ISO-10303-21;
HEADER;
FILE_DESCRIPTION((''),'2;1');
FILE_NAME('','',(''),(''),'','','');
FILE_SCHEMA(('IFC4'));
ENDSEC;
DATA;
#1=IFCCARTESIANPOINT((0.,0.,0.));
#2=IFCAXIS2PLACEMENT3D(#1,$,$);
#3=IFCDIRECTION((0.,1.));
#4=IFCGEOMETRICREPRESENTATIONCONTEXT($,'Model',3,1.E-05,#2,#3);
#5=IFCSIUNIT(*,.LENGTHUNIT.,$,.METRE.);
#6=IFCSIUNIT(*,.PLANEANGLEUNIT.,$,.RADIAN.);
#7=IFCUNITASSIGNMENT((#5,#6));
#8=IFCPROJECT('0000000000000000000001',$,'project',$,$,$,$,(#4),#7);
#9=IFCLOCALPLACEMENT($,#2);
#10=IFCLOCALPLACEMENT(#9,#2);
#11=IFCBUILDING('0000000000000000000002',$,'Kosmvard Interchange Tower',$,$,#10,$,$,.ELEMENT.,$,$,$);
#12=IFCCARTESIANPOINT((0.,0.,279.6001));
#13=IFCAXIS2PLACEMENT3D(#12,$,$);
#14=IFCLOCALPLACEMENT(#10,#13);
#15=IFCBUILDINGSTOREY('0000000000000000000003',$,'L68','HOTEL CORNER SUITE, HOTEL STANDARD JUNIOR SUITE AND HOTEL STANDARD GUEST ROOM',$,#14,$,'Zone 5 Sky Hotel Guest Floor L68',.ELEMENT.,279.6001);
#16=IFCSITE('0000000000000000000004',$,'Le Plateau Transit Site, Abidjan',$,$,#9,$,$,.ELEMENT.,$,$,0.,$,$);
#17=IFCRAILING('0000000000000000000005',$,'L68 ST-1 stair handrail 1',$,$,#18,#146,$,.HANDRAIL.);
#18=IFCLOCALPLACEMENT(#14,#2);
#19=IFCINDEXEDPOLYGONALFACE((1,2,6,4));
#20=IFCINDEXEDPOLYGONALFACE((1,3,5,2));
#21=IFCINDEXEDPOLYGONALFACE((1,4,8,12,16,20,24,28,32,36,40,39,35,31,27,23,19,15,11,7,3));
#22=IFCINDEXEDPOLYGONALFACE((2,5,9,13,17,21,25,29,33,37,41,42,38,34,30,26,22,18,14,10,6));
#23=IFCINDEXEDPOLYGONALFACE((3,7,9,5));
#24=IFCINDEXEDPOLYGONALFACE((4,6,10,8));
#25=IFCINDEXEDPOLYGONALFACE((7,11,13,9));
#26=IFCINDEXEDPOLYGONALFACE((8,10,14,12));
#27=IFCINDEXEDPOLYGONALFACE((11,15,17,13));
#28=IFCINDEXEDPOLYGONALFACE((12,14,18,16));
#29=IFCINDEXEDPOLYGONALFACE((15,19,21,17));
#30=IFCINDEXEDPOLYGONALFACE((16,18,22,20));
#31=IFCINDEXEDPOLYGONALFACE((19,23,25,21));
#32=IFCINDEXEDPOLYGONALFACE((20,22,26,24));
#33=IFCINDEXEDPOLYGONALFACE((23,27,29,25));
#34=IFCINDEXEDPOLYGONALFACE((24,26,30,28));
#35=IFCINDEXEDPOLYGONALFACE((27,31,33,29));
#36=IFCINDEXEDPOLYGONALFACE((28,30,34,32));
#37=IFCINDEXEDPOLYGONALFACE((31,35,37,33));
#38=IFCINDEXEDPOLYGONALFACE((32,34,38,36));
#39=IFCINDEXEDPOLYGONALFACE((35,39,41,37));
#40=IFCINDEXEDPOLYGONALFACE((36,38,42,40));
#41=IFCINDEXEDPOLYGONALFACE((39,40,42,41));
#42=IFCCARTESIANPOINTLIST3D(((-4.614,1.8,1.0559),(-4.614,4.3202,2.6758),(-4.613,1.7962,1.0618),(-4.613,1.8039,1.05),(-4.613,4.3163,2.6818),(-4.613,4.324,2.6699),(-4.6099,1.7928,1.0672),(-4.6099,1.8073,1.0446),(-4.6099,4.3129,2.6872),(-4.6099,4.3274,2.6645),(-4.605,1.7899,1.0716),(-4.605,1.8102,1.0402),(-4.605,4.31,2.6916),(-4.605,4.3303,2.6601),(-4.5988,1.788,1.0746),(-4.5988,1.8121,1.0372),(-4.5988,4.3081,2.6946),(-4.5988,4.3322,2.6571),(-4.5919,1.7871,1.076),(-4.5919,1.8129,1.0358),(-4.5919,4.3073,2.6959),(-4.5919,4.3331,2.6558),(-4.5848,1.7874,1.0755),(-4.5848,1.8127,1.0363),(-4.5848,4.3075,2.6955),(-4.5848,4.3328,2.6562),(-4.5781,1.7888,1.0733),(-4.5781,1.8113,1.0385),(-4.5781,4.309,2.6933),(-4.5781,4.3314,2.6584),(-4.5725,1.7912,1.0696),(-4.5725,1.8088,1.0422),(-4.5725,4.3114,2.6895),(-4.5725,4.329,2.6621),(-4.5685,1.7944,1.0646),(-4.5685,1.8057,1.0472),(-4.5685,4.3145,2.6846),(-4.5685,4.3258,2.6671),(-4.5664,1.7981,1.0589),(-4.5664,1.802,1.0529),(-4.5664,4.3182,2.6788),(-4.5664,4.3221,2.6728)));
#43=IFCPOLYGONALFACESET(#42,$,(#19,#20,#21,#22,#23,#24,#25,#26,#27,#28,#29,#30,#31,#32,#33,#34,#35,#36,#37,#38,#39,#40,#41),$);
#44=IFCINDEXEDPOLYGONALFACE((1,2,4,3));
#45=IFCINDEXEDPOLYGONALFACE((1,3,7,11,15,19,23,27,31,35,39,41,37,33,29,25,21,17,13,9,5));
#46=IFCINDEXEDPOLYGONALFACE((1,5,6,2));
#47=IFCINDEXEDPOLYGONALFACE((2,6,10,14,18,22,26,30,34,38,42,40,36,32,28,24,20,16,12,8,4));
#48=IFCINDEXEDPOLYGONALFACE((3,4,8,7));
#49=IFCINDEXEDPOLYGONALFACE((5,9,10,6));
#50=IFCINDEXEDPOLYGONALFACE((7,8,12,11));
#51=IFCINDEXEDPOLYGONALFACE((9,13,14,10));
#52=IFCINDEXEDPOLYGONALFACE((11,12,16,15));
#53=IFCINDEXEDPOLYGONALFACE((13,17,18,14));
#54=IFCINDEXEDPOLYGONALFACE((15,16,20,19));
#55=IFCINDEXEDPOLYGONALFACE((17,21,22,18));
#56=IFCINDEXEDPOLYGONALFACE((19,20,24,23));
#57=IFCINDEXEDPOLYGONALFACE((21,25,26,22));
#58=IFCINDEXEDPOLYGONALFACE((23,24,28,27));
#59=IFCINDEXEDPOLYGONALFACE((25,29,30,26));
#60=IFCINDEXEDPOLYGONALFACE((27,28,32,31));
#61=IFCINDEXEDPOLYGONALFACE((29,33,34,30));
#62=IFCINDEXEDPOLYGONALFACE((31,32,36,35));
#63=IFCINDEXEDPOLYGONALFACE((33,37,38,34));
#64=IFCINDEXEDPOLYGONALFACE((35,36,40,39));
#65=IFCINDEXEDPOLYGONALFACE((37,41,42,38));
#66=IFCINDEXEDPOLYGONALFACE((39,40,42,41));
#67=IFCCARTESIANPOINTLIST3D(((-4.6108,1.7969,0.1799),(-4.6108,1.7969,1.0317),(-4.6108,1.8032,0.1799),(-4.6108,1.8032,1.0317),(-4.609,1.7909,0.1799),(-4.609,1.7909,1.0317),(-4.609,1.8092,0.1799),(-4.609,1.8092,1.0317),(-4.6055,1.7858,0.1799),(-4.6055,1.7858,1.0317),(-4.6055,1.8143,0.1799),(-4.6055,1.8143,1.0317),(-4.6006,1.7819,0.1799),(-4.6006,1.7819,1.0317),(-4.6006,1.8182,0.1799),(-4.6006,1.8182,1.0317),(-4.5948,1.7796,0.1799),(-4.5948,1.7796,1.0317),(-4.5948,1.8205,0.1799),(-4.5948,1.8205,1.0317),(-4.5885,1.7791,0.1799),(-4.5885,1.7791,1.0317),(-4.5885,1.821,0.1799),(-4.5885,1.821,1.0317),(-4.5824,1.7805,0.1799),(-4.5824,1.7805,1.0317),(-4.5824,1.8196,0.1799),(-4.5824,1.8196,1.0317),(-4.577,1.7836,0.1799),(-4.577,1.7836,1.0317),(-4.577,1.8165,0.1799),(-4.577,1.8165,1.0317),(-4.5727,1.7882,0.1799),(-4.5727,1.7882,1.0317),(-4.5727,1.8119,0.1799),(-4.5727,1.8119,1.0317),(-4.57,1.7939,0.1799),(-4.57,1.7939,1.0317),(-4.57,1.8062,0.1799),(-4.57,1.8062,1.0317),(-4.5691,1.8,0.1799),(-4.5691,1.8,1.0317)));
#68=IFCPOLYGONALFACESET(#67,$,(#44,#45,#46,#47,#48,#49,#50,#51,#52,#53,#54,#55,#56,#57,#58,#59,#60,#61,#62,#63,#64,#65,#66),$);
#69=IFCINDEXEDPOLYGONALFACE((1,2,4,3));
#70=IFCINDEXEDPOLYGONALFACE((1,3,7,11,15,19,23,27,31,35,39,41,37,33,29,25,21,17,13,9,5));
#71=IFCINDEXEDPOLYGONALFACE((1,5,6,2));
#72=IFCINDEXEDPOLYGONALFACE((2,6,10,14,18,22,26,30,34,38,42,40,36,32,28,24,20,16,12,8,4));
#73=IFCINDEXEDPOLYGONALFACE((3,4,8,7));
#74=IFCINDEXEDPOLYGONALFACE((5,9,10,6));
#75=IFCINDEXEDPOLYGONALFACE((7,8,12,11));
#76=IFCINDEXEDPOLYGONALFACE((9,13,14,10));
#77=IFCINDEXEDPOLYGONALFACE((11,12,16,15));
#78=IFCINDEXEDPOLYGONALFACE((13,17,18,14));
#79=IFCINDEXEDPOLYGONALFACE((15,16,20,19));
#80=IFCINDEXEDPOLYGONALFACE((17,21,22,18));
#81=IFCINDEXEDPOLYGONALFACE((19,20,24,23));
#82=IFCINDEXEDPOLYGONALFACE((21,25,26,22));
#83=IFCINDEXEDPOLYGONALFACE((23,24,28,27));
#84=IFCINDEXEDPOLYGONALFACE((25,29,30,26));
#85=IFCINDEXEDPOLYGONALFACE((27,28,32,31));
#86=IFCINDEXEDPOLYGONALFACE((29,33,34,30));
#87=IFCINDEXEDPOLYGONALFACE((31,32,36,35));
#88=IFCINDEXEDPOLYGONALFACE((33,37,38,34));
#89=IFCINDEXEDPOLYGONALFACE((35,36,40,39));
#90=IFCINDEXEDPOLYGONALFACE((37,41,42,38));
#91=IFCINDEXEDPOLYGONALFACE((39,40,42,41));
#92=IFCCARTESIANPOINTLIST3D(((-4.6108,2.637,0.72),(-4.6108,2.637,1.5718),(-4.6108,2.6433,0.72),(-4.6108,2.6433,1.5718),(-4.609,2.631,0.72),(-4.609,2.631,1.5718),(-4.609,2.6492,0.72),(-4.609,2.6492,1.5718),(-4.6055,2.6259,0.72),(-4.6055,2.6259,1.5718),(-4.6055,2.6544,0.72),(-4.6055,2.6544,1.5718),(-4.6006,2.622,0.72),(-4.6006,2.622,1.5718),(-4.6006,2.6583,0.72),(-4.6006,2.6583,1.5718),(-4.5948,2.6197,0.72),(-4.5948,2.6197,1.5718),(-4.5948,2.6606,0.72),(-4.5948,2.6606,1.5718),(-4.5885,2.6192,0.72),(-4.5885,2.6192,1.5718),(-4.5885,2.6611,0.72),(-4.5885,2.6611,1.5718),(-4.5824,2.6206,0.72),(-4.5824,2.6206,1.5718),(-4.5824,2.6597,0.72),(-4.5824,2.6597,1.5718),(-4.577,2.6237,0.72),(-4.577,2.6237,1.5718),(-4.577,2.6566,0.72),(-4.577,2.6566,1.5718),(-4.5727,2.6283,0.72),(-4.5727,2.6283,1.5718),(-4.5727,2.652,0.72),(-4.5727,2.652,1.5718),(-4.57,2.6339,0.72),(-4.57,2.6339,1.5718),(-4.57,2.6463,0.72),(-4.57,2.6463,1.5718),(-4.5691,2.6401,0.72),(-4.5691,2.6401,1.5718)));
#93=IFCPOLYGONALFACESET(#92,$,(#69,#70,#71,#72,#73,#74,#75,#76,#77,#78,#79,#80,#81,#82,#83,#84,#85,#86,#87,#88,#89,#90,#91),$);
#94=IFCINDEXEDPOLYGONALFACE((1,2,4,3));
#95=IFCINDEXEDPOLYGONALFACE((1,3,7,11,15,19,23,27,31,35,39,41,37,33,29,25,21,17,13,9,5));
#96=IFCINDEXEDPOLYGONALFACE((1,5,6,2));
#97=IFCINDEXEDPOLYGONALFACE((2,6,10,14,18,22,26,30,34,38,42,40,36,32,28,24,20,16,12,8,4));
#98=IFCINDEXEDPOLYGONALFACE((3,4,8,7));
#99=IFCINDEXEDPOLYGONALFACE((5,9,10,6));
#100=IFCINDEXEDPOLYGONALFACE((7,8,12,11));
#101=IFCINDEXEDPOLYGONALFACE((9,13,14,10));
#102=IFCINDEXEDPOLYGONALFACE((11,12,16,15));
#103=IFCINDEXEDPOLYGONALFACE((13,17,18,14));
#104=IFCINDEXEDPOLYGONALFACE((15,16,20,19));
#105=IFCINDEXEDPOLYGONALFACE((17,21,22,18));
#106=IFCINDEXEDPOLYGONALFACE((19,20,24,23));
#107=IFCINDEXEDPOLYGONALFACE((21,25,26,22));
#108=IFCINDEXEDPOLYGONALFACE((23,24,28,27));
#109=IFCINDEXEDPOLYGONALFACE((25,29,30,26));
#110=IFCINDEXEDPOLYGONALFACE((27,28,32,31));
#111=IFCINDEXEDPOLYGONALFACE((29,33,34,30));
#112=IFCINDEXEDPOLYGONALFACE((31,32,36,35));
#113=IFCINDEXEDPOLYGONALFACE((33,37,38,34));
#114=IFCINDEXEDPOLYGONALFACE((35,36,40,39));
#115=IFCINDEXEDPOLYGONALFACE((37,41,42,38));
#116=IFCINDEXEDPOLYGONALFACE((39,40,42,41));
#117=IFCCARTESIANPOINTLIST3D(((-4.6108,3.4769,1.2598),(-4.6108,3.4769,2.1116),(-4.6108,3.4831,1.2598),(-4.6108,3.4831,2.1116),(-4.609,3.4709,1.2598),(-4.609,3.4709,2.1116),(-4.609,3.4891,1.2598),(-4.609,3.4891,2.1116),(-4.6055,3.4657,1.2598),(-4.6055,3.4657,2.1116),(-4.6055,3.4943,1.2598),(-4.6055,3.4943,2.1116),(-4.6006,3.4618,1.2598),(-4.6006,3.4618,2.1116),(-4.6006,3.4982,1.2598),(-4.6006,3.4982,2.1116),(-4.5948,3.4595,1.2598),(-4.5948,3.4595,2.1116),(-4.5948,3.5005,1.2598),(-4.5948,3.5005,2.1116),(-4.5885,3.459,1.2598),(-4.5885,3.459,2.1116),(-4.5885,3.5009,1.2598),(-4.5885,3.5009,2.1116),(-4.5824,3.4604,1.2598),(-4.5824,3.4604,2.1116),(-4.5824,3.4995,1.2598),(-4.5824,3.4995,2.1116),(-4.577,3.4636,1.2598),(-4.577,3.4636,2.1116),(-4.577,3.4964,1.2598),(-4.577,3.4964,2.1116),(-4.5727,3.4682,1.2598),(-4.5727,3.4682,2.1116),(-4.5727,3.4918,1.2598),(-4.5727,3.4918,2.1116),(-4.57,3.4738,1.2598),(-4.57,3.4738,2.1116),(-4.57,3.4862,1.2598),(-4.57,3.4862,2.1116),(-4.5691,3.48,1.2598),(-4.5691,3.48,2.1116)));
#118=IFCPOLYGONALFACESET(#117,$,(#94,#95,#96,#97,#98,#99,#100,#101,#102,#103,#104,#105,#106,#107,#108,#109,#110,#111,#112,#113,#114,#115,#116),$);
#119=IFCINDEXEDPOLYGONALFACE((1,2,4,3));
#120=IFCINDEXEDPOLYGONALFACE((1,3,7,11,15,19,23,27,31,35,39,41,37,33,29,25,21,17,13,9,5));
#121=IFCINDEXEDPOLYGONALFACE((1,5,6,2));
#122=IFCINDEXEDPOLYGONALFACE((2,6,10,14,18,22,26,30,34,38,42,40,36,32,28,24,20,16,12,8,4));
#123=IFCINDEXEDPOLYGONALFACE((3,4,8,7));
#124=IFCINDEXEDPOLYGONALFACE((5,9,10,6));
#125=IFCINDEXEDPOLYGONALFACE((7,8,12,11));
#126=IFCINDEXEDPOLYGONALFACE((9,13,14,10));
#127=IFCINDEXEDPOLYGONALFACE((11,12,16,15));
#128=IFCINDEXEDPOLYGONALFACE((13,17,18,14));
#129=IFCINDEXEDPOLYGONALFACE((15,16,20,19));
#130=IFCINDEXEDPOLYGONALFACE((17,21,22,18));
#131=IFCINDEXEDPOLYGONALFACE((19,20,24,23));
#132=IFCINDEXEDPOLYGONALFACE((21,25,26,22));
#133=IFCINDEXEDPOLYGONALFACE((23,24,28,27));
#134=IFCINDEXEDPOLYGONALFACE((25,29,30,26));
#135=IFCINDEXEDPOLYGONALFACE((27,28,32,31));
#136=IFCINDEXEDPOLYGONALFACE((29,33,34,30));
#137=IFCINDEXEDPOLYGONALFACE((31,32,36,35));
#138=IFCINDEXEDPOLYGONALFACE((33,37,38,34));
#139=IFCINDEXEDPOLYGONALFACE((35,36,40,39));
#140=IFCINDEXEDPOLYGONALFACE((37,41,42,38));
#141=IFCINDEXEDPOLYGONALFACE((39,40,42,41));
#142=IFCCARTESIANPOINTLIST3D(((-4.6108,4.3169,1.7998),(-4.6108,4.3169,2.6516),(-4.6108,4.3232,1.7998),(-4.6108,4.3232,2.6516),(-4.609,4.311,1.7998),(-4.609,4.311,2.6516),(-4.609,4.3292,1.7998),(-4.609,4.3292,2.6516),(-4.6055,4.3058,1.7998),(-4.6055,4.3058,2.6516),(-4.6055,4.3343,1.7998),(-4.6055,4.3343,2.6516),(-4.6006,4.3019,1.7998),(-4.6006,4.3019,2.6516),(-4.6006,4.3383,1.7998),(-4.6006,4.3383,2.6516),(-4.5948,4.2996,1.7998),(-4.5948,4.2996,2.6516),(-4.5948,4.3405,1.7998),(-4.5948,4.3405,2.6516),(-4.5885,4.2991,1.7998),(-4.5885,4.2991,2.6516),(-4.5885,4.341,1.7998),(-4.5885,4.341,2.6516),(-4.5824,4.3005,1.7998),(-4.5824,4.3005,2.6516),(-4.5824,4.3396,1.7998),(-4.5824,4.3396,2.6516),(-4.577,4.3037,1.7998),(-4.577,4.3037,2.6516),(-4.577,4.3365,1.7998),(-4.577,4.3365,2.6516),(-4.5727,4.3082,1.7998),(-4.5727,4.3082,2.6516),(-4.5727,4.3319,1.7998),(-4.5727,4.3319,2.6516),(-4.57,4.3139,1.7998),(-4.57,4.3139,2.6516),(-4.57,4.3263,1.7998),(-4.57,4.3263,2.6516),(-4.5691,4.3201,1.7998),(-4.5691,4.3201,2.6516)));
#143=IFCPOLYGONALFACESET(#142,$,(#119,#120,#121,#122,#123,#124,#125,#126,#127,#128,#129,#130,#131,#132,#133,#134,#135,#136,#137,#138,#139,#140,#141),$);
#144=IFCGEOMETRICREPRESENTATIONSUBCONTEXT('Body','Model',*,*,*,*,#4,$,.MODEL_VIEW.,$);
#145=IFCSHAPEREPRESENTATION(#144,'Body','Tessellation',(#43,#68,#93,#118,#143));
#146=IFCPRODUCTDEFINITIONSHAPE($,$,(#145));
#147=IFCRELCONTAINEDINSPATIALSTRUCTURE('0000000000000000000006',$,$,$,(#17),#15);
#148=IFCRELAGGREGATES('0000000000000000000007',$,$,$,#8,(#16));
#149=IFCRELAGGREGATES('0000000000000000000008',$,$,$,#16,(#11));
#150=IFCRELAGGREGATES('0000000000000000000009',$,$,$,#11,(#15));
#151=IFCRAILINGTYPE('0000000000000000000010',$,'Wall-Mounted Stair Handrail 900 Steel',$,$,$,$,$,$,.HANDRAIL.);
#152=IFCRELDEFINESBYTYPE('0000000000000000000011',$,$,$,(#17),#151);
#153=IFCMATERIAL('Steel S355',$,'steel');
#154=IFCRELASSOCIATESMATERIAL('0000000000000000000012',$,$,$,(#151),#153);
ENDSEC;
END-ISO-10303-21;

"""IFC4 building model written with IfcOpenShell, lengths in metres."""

from ifc_helpers import new_model, si_unit, direction, frame, origin, origin_2d, place, context, subcontext, project, spatial, circle, extrude, source, transform, mapped, material, type_object, element, save


model = new_model("IFC4")

# Units and contexts
model_context = context("Model", 3, precision=1e-05, world=origin(), true_north=direction((0.0, 1.0)))
body_context = subcontext(model_context, "Body", "Model", "MODEL_VIEW")
ifc_project = project(units=[si_unit("LENGTHUNIT", "METRE"), si_unit("PLANEANGLEUNIT", "RADIAN")], contexts=[model_context])

# Site, building, storey
site_placement = place(None, origin())
site = spatial("IfcSite", under=ifc_project, at=site_placement, Name="Le Plateau Transit Site, Abidjan", CompositionType="ELEMENT", RefElevation=0.0)
building_placement = place(site_placement, origin())
building = spatial("IfcBuilding", under=site, at=building_placement, Name="Kosmvard Interchange Tower", CompositionType="ELEMENT")
storey_placement = place(building_placement, frame((0.0, 0.0, 279.6001)))
storey = spatial("IfcBuildingStorey", under=building, at=storey_placement, Name="L68", Description="HOTEL CORNER SUITE, HOTEL STANDARD JUNIOR SUITE AND HOTEL STANDARD GUEST ROOM", LongName="Zone 5 Sky Hotel Guest Floor L68", CompositionType="ELEMENT", Elevation=279.6001)

# Shared definitions
ifc_material_1 = material(Name="Steel S355", Category="steel")

# Railing
railing_type_1 = type_object("IfcRailingType", Name="Wall-Mounted Stair Handrail 900 Steel", PredefinedType="HANDRAIL", material=ifc_material_1)
shared_shape_1 = source(origin(), body_context, "Body", "SweptSolid", [
    extrude(circle(Radius=0.0239, at=origin_2d()), frame((0.0, 0.0, 0.876), z_axis=(0.0, 0.8412, 0.540725), x_axis=(-1.0, 0.0, 0.0)), (0.0, 0.0, 1.0), 2.9958),
    extrude(circle(Radius=0.021, at=origin_2d()), origin(), (0.0, 0.0, 1.0), 0.8518),
    extrude(circle(Radius=0.021, at=origin_2d()), frame((0.0, 0.8401, 0.54)), (0.0, 0.0, 1.0), 0.8518),
    extrude(circle(Radius=0.021, at=origin_2d()), frame((0.0, 1.6799, 1.0798)), (0.0, 0.0, 1.0), 0.8518),
    extrude(circle(Radius=0.021, at=origin_2d()), frame((0.0, 2.52, 1.6199)), (0.0, 0.0, 1.0), 0.8518),
])
railing_1_placement = place(storey_placement, frame((-4.5901, 1.8, 0.1799)))
element("IfcRailing", 1, at=railing_1_placement, inside=storey, type_object=railing_type_1, Name="L68 ST-1 stair handrail 1", PredefinedType="HANDRAIL", context=body_context, shape_type="MappedRepresentation", body=[
    mapped(shared_shape_1, transform((0.0, 0.0, 0.0), scale=1.0)),
])

save(model, "model.ifc")
